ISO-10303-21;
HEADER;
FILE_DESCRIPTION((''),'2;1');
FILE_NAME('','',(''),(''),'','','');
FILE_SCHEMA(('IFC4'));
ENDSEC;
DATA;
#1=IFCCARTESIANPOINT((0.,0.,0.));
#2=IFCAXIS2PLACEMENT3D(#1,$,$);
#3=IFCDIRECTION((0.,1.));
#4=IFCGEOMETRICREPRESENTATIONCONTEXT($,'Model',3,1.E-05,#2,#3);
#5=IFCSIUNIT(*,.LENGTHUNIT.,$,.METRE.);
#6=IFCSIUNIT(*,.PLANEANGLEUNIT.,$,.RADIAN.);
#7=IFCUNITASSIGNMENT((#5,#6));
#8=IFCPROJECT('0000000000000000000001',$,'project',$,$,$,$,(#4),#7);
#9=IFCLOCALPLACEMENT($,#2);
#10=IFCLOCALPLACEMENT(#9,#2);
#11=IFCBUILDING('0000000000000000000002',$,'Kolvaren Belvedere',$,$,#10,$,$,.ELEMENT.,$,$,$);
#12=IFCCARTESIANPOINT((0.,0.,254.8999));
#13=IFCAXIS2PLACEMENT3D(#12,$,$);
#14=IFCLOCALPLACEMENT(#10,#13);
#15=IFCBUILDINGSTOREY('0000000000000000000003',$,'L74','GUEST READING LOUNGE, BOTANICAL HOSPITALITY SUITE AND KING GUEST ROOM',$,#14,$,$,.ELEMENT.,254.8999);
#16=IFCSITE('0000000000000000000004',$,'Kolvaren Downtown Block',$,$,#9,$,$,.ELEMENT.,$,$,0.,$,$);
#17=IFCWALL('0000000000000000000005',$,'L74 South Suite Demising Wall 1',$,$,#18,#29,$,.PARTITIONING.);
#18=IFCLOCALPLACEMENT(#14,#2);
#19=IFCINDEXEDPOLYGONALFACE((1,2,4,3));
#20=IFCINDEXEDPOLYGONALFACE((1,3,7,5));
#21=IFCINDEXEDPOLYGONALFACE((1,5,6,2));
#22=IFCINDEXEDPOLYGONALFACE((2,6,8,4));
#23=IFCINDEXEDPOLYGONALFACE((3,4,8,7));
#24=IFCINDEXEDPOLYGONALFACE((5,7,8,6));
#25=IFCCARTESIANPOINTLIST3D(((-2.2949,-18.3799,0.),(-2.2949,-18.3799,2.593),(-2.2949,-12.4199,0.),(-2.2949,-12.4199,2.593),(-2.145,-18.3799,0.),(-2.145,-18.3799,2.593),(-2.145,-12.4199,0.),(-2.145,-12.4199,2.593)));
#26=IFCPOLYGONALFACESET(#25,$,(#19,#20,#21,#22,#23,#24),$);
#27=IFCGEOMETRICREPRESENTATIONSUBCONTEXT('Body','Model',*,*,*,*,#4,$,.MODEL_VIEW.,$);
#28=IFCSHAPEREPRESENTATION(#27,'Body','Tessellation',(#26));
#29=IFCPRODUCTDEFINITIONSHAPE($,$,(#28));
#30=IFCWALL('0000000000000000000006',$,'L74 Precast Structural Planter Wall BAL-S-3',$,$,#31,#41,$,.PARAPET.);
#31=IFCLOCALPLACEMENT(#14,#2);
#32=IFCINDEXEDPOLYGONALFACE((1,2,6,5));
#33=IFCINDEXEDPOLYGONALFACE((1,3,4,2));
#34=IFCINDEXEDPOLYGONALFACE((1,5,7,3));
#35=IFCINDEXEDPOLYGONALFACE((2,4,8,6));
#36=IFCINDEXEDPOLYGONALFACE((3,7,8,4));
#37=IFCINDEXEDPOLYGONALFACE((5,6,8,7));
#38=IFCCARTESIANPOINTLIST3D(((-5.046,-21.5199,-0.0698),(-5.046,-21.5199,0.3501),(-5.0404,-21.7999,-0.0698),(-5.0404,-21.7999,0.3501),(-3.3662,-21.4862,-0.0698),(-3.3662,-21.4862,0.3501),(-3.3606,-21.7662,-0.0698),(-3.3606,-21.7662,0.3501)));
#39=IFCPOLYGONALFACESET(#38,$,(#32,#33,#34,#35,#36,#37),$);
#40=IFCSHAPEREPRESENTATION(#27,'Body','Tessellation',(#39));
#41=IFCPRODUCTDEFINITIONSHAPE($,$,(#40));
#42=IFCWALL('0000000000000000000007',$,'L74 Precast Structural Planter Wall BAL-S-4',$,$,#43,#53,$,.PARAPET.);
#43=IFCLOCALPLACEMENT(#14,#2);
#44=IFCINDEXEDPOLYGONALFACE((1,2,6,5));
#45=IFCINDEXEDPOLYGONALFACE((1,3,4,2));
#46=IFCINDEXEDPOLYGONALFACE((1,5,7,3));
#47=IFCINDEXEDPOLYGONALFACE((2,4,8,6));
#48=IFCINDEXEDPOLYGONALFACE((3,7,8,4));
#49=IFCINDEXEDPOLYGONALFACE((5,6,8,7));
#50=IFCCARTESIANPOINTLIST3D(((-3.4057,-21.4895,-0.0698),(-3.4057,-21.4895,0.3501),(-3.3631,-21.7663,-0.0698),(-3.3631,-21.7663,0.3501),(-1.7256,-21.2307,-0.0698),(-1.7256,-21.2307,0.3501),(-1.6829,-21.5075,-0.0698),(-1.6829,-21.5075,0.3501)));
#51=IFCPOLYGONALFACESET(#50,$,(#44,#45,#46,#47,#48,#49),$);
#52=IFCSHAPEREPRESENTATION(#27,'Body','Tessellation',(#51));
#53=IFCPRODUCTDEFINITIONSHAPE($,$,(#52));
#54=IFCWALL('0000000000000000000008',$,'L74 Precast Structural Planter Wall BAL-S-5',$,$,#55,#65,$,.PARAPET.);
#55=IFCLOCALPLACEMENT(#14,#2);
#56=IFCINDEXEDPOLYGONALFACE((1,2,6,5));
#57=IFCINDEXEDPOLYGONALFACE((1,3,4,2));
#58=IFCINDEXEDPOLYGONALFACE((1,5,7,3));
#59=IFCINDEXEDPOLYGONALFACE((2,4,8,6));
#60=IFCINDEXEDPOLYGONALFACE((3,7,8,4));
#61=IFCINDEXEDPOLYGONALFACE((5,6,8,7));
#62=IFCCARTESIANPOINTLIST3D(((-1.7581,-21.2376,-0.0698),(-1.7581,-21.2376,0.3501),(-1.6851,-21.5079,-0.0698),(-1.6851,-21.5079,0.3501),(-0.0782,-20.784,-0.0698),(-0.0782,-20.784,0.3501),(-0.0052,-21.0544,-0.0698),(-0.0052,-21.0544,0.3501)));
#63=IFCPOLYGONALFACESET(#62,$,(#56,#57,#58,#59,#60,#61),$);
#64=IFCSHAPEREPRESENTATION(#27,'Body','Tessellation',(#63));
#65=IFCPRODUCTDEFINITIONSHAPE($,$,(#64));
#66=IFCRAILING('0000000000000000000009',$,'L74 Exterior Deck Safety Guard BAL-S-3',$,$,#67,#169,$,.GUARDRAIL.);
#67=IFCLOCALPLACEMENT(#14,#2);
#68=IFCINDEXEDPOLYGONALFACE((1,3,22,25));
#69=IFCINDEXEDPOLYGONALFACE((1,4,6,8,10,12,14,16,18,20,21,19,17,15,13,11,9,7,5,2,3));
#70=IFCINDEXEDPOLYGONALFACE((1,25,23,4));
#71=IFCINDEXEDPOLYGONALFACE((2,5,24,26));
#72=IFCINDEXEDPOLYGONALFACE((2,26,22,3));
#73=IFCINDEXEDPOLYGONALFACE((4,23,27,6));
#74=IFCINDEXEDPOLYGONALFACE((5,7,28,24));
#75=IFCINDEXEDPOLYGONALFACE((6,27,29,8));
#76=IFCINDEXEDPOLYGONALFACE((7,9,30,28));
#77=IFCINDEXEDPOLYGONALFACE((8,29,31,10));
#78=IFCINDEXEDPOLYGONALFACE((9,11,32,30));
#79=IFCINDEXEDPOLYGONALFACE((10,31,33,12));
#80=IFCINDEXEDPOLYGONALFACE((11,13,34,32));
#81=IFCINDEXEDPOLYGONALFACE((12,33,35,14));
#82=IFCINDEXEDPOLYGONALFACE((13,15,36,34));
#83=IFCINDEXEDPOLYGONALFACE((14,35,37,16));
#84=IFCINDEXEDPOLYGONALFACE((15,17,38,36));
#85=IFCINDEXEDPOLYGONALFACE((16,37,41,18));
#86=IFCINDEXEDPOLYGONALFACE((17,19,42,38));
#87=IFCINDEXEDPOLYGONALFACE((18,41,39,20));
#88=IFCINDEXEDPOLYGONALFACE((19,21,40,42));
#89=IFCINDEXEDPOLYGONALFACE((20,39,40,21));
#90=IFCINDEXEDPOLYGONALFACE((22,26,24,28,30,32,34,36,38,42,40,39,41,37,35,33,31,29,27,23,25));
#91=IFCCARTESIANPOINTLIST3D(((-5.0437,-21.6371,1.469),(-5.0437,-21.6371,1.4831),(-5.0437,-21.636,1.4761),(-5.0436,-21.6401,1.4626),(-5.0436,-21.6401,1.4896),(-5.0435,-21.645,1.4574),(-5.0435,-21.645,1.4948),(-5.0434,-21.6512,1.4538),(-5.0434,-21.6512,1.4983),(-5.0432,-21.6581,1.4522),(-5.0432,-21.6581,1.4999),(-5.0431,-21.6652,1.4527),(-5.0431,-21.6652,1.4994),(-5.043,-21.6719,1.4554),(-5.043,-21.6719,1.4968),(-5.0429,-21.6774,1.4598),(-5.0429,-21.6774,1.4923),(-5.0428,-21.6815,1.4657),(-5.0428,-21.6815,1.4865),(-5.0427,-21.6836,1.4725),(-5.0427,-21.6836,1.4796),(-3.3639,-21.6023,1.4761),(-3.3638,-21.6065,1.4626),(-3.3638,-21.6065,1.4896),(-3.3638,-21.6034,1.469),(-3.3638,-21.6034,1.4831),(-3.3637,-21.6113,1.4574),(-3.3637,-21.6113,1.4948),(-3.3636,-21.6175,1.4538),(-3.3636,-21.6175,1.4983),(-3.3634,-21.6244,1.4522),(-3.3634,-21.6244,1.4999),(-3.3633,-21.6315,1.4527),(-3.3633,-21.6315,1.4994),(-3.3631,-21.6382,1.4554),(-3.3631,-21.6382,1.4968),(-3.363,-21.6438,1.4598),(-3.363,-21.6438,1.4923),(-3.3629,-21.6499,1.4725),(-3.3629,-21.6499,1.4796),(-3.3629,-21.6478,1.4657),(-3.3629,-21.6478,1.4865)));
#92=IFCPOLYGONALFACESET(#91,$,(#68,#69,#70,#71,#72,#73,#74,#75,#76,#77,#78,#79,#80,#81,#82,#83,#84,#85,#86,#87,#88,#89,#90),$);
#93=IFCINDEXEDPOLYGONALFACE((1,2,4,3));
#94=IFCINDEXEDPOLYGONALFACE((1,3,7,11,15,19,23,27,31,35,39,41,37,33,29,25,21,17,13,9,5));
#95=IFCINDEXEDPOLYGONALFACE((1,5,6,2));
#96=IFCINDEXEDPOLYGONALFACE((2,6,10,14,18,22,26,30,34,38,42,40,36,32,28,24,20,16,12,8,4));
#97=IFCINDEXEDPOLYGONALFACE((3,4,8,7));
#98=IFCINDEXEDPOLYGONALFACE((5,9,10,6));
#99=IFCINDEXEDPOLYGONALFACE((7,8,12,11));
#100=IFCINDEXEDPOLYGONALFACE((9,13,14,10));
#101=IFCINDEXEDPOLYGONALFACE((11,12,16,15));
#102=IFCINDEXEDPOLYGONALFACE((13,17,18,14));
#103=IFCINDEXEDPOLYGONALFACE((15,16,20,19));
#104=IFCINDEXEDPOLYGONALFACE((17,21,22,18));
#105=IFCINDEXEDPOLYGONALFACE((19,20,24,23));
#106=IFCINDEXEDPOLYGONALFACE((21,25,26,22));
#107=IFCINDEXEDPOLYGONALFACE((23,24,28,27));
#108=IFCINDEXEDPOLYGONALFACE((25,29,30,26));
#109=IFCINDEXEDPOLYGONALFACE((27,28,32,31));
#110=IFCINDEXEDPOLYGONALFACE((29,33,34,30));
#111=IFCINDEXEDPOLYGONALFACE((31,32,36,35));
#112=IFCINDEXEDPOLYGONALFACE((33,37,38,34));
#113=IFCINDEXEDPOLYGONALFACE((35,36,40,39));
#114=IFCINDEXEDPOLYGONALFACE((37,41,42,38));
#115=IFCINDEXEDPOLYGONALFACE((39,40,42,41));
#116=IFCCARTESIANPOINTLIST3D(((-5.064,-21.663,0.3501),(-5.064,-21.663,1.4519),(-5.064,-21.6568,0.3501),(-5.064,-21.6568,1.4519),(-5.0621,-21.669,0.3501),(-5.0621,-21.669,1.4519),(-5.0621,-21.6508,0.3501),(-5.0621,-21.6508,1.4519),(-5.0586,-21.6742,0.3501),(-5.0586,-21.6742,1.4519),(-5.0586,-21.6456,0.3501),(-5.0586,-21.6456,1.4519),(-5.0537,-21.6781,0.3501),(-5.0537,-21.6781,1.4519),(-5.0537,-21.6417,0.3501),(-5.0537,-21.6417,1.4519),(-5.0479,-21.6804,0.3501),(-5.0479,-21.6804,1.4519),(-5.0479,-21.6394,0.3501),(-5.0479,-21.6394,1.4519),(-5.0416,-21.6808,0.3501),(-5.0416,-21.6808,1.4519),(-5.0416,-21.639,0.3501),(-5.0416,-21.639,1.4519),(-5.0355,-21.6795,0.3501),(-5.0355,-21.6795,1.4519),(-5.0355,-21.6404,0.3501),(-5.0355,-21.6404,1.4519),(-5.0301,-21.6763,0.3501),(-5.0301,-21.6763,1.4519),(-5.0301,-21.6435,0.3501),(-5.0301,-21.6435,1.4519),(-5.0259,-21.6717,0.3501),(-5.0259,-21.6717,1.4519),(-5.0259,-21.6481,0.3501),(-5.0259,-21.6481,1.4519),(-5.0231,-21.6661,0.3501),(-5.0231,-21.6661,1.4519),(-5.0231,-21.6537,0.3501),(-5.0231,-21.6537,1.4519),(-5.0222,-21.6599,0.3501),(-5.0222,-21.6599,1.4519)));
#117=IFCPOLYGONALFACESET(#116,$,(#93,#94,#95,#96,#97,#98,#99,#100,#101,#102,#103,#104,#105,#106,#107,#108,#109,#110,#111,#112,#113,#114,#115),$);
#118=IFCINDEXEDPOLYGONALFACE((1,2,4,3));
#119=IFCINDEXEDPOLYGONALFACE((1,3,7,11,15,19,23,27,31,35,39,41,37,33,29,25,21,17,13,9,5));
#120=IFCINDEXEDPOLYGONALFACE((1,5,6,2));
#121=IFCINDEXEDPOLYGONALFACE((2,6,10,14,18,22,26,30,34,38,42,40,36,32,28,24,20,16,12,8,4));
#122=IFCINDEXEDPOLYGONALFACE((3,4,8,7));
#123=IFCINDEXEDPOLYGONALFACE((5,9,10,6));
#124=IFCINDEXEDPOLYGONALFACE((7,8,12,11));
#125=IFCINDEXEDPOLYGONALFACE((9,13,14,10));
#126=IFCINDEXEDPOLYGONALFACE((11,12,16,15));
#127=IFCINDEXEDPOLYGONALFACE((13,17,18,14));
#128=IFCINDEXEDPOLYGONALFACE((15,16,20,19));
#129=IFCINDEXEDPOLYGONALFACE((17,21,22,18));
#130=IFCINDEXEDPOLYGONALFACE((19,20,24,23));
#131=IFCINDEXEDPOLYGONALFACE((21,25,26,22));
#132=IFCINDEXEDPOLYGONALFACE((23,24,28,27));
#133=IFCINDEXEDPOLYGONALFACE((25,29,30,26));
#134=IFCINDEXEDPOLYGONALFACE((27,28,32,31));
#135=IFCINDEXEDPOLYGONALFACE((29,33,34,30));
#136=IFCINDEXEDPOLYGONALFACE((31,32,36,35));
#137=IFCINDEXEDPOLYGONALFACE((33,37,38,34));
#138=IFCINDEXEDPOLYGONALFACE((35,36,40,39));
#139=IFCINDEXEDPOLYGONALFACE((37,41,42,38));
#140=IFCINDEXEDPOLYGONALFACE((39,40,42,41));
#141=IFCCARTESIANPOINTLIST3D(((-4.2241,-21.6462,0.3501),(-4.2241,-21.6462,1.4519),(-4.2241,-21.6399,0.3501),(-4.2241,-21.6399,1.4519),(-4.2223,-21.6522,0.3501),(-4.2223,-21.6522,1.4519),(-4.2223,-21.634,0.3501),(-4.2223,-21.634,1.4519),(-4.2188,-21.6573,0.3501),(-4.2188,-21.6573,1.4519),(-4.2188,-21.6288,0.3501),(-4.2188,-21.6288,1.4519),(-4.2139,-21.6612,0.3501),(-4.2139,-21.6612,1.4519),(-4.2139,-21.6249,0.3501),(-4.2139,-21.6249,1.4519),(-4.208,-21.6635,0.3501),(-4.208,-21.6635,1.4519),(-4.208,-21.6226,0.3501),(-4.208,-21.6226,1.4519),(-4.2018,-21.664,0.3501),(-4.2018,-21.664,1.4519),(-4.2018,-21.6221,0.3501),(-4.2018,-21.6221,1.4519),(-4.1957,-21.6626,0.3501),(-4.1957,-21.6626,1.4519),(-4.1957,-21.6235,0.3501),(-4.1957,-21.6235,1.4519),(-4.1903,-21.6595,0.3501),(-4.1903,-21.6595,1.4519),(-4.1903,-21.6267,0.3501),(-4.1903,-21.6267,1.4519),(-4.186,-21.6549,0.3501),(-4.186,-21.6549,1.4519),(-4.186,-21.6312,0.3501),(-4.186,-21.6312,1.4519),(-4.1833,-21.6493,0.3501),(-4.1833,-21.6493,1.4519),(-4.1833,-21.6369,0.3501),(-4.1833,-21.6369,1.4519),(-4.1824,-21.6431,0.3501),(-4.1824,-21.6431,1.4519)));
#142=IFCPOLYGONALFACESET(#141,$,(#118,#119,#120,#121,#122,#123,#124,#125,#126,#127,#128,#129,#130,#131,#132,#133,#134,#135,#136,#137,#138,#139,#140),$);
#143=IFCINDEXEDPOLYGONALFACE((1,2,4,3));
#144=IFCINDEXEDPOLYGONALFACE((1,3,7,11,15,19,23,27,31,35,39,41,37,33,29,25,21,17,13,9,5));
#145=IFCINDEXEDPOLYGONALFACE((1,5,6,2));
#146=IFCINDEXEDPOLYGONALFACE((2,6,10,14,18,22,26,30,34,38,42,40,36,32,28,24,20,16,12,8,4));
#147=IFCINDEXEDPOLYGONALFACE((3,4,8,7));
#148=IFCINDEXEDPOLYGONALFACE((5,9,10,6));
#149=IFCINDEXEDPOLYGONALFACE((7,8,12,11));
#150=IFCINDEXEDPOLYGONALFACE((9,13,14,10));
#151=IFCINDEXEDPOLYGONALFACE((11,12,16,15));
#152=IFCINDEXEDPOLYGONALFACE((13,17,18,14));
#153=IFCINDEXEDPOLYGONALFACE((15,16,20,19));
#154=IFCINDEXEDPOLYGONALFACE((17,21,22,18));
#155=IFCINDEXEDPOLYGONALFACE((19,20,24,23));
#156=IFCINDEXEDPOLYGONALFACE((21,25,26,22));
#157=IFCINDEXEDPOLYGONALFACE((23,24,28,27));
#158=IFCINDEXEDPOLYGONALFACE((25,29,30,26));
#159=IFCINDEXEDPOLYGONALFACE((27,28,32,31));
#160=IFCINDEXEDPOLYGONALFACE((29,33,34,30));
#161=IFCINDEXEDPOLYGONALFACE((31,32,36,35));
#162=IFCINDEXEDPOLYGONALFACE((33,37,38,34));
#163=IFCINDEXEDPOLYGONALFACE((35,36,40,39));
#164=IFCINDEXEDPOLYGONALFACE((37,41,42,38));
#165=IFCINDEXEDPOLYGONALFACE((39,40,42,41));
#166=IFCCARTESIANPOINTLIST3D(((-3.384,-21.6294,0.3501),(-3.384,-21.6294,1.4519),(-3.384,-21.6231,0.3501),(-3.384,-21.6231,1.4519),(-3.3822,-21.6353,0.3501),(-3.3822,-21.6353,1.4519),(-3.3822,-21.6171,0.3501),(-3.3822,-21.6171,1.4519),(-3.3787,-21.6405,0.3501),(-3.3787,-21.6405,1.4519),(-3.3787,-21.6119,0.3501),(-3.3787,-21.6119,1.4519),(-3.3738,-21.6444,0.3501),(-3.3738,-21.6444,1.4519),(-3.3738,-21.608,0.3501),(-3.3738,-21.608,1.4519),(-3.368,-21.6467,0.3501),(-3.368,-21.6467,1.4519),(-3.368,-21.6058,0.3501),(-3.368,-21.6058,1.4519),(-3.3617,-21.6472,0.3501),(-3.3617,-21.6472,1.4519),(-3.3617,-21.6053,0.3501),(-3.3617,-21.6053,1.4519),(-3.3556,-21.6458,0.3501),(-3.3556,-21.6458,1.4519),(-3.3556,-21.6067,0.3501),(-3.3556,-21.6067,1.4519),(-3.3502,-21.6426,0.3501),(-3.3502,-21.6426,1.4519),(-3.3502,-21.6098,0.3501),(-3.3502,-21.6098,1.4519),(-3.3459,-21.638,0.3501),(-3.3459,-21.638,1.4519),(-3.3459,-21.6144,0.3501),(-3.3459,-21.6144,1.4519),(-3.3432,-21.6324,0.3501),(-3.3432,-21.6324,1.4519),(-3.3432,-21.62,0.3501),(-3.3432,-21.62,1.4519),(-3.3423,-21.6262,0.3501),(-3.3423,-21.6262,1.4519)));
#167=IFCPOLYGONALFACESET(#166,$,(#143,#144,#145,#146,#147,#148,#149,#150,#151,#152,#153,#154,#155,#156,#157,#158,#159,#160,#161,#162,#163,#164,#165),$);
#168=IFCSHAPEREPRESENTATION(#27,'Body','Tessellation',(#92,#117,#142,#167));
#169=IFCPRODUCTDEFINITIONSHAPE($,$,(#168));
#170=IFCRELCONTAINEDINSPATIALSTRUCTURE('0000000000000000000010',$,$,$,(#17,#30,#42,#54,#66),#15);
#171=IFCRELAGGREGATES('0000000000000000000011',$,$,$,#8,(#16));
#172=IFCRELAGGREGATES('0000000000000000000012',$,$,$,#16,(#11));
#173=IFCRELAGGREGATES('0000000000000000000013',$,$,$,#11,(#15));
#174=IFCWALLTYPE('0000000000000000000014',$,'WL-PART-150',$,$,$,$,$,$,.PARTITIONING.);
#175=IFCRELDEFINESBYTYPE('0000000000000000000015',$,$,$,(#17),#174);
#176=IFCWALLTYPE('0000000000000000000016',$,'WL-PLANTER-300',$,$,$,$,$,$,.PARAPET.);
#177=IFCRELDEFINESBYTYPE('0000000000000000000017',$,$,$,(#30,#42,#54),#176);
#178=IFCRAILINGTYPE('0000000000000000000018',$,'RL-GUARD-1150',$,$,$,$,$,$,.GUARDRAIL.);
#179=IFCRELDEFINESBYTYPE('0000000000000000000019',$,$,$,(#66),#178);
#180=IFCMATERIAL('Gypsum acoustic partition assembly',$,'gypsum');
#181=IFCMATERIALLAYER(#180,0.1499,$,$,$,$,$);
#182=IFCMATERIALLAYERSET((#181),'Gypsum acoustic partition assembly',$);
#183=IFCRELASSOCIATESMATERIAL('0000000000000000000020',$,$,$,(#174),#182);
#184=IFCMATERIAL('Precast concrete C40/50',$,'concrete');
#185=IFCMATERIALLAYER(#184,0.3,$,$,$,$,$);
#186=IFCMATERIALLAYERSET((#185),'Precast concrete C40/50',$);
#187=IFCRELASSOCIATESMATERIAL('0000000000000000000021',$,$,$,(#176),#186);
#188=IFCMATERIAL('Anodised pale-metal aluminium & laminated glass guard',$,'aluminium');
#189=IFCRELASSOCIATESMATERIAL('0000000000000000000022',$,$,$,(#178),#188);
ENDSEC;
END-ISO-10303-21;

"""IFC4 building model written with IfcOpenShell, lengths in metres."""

from ifc_helpers import new_model, si_unit, direction, frame, frame_2d, origin, origin_2d, place, context, subcontext, project, spatial, rectangle, circle, extrude, material, layer, layer_set, type_object, element, save


model = new_model("IFC4")

# Units and contexts
model_context = context("Model", 3, precision=1e-05, world=origin(), true_north=direction((0.0, 1.0)))
body_context = subcontext(model_context, "Body", "Model", "MODEL_VIEW")
ifc_project = project(units=[si_unit("LENGTHUNIT", "METRE"), si_unit("PLANEANGLEUNIT", "RADIAN")], contexts=[model_context])

# Site, building, storey
site_placement = place(None, origin())
site = spatial("IfcSite", under=ifc_project, at=site_placement, Name="Kolvaren Downtown Block", CompositionType="ELEMENT", RefElevation=0.0)
building_placement = place(site_placement, origin())
building = spatial("IfcBuilding", under=site, at=building_placement, Name="Kolvaren Belvedere", CompositionType="ELEMENT")
storey_placement = place(building_placement, frame((0.0, 0.0, 254.8999)))
storey = spatial("IfcBuildingStorey", under=building, at=storey_placement, Name="L74", Description="GUEST READING LOUNGE, BOTANICAL HOSPITALITY SUITE AND KING GUEST ROOM", CompositionType="ELEMENT", Elevation=254.8999)

# Walls
ifc_material_1 = material(Name="Gypsum acoustic partition assembly", Category="gypsum")
ifc_layer_1 = layer(ifc_material_1, 0.1499)
ifc_layer_set_1 = layer_set([ifc_layer_1], Name="Gypsum acoustic partition assembly")
wall_type_1 = type_object("IfcWallType", Name="WL-PART-150", PredefinedType="PARTITIONING", material=ifc_layer_set_1)
wall_1_placement = place(storey_placement, frame((-2.22, -18.3799, 0.0), z_axis=(0.0, 0.0, 1.0), x_axis=(0.0, 1.0, 0.0)))
element("IfcWall", 1, at=wall_1_placement, inside=storey, type_object=wall_type_1, Name="L74 South Suite Demising Wall 1", PredefinedType="PARTITIONING", context=body_context, shape_type="SweptSolid", body=[
    extrude(rectangle(XDim=5.96, YDim=0.1499, at=frame_2d((2.98, 0.0))), origin(), (0.0, 0.0, 1.0), 2.593),
])
ifc_material_2 = material(Name="Precast concrete C40/50", Category="concrete")
ifc_layer_2 = layer(ifc_material_2, 0.3)
ifc_layer_set_2 = layer_set([ifc_layer_2], Name="Precast concrete C40/50")
wall_type_2 = type_object("IfcWallType", Name="WL-PLANTER-300", PredefinedType="PARAPET", material=ifc_layer_set_2)
wall_2_placement = place(storey_placement, frame((-5.0432, -21.6599, -0.0698), z_axis=(0.0, 0.0, 1.0), x_axis=(0.999799, 0.020051, 0.0)))
element("IfcWall", 2, at=wall_2_placement, inside=storey, type_object=wall_type_2, Name="L74 Precast Structural Planter Wall BAL-S-3", PredefinedType="PARAPET", context=body_context, shape_type="SweptSolid", body=[
    extrude(rectangle(XDim=1.6802, YDim=0.28, at=frame_2d((0.8401, 0.0))), origin(), (0.0, 0.0, 1.0), 0.4199),
])
wall_3_placement = place(storey_placement, frame((-3.3845, -21.6279, -0.0698), z_axis=(0.0, 0.0, 1.0), x_axis=(0.988345, 0.15223, 0.0)))
element("IfcWall", 3, at=wall_3_placement, inside=storey, type_object=wall_type_2, Name="L74 Precast Structural Planter Wall BAL-S-4", PredefinedType="PARAPET", context=body_context, shape_type="SweptSolid", body=[
    extrude(rectangle(XDim=1.7, YDim=0.28, at=frame_2d((0.8501, 0.0))), origin(), (0.0, 0.0, 1.0), 0.4199),
])
wall_4_placement = place(storey_placement, frame((-1.7217, -21.3728, -0.0698), z_axis=(0.0, 0.0, 1.0), x_axis=(0.965424, 0.260683, 0.0)))
element("IfcWall", 4, at=wall_4_placement, inside=storey, type_object=wall_type_2, Name="L74 Precast Structural Planter Wall BAL-S-5", PredefinedType="PARAPET", context=body_context, shape_type="SweptSolid", body=[
    extrude(rectangle(XDim=1.74, YDim=0.28, at=frame_2d((0.8701, 0.0))), origin(), (0.0, 0.0, 1.0), 0.4199),
])

# Railing
ifc_material_3 = material(Name="Anodised pale-metal aluminium & laminated glass guard", Category="aluminium")
railing_type = type_object("IfcRailingType", Name="RL-GUARD-1150", PredefinedType="GUARDRAIL", material=ifc_material_3)
railing_1_placement = place(storey_placement, frame((-5.0432, -21.6599, 0.3501)))
element("IfcRailing", 5, at=railing_1_placement, inside=storey, type_object=railing_type, Name="L74 Exterior Deck Safety Guard BAL-S-3", PredefinedType="GUARDRAIL", context=body_context, shape_type="SweptSolid", body=[
    extrude(circle(Radius=0.0239, at=origin_2d()), frame((0.0, 0.0, 1.126), z_axis=(0.999799, 0.020051, 0.0), x_axis=(-0.020051, 0.999799, 0.0)), (0.0, 0.0, 1.0), 1.6802),
    extrude(circle(Radius=0.021, at=origin_2d()), origin(), (0.0, 0.0, 1.0), 1.1018),
    extrude(circle(Radius=0.021, at=origin_2d()), frame((0.8398, 0.0168, 0.0)), (0.0, 0.0, 1.0), 1.1018),
    extrude(circle(Radius=0.021, at=origin_2d()), frame((1.6799, 0.0337, 0.0)), (0.0, 0.0, 1.0), 1.1018),
])

save(model, "model.ifc")
